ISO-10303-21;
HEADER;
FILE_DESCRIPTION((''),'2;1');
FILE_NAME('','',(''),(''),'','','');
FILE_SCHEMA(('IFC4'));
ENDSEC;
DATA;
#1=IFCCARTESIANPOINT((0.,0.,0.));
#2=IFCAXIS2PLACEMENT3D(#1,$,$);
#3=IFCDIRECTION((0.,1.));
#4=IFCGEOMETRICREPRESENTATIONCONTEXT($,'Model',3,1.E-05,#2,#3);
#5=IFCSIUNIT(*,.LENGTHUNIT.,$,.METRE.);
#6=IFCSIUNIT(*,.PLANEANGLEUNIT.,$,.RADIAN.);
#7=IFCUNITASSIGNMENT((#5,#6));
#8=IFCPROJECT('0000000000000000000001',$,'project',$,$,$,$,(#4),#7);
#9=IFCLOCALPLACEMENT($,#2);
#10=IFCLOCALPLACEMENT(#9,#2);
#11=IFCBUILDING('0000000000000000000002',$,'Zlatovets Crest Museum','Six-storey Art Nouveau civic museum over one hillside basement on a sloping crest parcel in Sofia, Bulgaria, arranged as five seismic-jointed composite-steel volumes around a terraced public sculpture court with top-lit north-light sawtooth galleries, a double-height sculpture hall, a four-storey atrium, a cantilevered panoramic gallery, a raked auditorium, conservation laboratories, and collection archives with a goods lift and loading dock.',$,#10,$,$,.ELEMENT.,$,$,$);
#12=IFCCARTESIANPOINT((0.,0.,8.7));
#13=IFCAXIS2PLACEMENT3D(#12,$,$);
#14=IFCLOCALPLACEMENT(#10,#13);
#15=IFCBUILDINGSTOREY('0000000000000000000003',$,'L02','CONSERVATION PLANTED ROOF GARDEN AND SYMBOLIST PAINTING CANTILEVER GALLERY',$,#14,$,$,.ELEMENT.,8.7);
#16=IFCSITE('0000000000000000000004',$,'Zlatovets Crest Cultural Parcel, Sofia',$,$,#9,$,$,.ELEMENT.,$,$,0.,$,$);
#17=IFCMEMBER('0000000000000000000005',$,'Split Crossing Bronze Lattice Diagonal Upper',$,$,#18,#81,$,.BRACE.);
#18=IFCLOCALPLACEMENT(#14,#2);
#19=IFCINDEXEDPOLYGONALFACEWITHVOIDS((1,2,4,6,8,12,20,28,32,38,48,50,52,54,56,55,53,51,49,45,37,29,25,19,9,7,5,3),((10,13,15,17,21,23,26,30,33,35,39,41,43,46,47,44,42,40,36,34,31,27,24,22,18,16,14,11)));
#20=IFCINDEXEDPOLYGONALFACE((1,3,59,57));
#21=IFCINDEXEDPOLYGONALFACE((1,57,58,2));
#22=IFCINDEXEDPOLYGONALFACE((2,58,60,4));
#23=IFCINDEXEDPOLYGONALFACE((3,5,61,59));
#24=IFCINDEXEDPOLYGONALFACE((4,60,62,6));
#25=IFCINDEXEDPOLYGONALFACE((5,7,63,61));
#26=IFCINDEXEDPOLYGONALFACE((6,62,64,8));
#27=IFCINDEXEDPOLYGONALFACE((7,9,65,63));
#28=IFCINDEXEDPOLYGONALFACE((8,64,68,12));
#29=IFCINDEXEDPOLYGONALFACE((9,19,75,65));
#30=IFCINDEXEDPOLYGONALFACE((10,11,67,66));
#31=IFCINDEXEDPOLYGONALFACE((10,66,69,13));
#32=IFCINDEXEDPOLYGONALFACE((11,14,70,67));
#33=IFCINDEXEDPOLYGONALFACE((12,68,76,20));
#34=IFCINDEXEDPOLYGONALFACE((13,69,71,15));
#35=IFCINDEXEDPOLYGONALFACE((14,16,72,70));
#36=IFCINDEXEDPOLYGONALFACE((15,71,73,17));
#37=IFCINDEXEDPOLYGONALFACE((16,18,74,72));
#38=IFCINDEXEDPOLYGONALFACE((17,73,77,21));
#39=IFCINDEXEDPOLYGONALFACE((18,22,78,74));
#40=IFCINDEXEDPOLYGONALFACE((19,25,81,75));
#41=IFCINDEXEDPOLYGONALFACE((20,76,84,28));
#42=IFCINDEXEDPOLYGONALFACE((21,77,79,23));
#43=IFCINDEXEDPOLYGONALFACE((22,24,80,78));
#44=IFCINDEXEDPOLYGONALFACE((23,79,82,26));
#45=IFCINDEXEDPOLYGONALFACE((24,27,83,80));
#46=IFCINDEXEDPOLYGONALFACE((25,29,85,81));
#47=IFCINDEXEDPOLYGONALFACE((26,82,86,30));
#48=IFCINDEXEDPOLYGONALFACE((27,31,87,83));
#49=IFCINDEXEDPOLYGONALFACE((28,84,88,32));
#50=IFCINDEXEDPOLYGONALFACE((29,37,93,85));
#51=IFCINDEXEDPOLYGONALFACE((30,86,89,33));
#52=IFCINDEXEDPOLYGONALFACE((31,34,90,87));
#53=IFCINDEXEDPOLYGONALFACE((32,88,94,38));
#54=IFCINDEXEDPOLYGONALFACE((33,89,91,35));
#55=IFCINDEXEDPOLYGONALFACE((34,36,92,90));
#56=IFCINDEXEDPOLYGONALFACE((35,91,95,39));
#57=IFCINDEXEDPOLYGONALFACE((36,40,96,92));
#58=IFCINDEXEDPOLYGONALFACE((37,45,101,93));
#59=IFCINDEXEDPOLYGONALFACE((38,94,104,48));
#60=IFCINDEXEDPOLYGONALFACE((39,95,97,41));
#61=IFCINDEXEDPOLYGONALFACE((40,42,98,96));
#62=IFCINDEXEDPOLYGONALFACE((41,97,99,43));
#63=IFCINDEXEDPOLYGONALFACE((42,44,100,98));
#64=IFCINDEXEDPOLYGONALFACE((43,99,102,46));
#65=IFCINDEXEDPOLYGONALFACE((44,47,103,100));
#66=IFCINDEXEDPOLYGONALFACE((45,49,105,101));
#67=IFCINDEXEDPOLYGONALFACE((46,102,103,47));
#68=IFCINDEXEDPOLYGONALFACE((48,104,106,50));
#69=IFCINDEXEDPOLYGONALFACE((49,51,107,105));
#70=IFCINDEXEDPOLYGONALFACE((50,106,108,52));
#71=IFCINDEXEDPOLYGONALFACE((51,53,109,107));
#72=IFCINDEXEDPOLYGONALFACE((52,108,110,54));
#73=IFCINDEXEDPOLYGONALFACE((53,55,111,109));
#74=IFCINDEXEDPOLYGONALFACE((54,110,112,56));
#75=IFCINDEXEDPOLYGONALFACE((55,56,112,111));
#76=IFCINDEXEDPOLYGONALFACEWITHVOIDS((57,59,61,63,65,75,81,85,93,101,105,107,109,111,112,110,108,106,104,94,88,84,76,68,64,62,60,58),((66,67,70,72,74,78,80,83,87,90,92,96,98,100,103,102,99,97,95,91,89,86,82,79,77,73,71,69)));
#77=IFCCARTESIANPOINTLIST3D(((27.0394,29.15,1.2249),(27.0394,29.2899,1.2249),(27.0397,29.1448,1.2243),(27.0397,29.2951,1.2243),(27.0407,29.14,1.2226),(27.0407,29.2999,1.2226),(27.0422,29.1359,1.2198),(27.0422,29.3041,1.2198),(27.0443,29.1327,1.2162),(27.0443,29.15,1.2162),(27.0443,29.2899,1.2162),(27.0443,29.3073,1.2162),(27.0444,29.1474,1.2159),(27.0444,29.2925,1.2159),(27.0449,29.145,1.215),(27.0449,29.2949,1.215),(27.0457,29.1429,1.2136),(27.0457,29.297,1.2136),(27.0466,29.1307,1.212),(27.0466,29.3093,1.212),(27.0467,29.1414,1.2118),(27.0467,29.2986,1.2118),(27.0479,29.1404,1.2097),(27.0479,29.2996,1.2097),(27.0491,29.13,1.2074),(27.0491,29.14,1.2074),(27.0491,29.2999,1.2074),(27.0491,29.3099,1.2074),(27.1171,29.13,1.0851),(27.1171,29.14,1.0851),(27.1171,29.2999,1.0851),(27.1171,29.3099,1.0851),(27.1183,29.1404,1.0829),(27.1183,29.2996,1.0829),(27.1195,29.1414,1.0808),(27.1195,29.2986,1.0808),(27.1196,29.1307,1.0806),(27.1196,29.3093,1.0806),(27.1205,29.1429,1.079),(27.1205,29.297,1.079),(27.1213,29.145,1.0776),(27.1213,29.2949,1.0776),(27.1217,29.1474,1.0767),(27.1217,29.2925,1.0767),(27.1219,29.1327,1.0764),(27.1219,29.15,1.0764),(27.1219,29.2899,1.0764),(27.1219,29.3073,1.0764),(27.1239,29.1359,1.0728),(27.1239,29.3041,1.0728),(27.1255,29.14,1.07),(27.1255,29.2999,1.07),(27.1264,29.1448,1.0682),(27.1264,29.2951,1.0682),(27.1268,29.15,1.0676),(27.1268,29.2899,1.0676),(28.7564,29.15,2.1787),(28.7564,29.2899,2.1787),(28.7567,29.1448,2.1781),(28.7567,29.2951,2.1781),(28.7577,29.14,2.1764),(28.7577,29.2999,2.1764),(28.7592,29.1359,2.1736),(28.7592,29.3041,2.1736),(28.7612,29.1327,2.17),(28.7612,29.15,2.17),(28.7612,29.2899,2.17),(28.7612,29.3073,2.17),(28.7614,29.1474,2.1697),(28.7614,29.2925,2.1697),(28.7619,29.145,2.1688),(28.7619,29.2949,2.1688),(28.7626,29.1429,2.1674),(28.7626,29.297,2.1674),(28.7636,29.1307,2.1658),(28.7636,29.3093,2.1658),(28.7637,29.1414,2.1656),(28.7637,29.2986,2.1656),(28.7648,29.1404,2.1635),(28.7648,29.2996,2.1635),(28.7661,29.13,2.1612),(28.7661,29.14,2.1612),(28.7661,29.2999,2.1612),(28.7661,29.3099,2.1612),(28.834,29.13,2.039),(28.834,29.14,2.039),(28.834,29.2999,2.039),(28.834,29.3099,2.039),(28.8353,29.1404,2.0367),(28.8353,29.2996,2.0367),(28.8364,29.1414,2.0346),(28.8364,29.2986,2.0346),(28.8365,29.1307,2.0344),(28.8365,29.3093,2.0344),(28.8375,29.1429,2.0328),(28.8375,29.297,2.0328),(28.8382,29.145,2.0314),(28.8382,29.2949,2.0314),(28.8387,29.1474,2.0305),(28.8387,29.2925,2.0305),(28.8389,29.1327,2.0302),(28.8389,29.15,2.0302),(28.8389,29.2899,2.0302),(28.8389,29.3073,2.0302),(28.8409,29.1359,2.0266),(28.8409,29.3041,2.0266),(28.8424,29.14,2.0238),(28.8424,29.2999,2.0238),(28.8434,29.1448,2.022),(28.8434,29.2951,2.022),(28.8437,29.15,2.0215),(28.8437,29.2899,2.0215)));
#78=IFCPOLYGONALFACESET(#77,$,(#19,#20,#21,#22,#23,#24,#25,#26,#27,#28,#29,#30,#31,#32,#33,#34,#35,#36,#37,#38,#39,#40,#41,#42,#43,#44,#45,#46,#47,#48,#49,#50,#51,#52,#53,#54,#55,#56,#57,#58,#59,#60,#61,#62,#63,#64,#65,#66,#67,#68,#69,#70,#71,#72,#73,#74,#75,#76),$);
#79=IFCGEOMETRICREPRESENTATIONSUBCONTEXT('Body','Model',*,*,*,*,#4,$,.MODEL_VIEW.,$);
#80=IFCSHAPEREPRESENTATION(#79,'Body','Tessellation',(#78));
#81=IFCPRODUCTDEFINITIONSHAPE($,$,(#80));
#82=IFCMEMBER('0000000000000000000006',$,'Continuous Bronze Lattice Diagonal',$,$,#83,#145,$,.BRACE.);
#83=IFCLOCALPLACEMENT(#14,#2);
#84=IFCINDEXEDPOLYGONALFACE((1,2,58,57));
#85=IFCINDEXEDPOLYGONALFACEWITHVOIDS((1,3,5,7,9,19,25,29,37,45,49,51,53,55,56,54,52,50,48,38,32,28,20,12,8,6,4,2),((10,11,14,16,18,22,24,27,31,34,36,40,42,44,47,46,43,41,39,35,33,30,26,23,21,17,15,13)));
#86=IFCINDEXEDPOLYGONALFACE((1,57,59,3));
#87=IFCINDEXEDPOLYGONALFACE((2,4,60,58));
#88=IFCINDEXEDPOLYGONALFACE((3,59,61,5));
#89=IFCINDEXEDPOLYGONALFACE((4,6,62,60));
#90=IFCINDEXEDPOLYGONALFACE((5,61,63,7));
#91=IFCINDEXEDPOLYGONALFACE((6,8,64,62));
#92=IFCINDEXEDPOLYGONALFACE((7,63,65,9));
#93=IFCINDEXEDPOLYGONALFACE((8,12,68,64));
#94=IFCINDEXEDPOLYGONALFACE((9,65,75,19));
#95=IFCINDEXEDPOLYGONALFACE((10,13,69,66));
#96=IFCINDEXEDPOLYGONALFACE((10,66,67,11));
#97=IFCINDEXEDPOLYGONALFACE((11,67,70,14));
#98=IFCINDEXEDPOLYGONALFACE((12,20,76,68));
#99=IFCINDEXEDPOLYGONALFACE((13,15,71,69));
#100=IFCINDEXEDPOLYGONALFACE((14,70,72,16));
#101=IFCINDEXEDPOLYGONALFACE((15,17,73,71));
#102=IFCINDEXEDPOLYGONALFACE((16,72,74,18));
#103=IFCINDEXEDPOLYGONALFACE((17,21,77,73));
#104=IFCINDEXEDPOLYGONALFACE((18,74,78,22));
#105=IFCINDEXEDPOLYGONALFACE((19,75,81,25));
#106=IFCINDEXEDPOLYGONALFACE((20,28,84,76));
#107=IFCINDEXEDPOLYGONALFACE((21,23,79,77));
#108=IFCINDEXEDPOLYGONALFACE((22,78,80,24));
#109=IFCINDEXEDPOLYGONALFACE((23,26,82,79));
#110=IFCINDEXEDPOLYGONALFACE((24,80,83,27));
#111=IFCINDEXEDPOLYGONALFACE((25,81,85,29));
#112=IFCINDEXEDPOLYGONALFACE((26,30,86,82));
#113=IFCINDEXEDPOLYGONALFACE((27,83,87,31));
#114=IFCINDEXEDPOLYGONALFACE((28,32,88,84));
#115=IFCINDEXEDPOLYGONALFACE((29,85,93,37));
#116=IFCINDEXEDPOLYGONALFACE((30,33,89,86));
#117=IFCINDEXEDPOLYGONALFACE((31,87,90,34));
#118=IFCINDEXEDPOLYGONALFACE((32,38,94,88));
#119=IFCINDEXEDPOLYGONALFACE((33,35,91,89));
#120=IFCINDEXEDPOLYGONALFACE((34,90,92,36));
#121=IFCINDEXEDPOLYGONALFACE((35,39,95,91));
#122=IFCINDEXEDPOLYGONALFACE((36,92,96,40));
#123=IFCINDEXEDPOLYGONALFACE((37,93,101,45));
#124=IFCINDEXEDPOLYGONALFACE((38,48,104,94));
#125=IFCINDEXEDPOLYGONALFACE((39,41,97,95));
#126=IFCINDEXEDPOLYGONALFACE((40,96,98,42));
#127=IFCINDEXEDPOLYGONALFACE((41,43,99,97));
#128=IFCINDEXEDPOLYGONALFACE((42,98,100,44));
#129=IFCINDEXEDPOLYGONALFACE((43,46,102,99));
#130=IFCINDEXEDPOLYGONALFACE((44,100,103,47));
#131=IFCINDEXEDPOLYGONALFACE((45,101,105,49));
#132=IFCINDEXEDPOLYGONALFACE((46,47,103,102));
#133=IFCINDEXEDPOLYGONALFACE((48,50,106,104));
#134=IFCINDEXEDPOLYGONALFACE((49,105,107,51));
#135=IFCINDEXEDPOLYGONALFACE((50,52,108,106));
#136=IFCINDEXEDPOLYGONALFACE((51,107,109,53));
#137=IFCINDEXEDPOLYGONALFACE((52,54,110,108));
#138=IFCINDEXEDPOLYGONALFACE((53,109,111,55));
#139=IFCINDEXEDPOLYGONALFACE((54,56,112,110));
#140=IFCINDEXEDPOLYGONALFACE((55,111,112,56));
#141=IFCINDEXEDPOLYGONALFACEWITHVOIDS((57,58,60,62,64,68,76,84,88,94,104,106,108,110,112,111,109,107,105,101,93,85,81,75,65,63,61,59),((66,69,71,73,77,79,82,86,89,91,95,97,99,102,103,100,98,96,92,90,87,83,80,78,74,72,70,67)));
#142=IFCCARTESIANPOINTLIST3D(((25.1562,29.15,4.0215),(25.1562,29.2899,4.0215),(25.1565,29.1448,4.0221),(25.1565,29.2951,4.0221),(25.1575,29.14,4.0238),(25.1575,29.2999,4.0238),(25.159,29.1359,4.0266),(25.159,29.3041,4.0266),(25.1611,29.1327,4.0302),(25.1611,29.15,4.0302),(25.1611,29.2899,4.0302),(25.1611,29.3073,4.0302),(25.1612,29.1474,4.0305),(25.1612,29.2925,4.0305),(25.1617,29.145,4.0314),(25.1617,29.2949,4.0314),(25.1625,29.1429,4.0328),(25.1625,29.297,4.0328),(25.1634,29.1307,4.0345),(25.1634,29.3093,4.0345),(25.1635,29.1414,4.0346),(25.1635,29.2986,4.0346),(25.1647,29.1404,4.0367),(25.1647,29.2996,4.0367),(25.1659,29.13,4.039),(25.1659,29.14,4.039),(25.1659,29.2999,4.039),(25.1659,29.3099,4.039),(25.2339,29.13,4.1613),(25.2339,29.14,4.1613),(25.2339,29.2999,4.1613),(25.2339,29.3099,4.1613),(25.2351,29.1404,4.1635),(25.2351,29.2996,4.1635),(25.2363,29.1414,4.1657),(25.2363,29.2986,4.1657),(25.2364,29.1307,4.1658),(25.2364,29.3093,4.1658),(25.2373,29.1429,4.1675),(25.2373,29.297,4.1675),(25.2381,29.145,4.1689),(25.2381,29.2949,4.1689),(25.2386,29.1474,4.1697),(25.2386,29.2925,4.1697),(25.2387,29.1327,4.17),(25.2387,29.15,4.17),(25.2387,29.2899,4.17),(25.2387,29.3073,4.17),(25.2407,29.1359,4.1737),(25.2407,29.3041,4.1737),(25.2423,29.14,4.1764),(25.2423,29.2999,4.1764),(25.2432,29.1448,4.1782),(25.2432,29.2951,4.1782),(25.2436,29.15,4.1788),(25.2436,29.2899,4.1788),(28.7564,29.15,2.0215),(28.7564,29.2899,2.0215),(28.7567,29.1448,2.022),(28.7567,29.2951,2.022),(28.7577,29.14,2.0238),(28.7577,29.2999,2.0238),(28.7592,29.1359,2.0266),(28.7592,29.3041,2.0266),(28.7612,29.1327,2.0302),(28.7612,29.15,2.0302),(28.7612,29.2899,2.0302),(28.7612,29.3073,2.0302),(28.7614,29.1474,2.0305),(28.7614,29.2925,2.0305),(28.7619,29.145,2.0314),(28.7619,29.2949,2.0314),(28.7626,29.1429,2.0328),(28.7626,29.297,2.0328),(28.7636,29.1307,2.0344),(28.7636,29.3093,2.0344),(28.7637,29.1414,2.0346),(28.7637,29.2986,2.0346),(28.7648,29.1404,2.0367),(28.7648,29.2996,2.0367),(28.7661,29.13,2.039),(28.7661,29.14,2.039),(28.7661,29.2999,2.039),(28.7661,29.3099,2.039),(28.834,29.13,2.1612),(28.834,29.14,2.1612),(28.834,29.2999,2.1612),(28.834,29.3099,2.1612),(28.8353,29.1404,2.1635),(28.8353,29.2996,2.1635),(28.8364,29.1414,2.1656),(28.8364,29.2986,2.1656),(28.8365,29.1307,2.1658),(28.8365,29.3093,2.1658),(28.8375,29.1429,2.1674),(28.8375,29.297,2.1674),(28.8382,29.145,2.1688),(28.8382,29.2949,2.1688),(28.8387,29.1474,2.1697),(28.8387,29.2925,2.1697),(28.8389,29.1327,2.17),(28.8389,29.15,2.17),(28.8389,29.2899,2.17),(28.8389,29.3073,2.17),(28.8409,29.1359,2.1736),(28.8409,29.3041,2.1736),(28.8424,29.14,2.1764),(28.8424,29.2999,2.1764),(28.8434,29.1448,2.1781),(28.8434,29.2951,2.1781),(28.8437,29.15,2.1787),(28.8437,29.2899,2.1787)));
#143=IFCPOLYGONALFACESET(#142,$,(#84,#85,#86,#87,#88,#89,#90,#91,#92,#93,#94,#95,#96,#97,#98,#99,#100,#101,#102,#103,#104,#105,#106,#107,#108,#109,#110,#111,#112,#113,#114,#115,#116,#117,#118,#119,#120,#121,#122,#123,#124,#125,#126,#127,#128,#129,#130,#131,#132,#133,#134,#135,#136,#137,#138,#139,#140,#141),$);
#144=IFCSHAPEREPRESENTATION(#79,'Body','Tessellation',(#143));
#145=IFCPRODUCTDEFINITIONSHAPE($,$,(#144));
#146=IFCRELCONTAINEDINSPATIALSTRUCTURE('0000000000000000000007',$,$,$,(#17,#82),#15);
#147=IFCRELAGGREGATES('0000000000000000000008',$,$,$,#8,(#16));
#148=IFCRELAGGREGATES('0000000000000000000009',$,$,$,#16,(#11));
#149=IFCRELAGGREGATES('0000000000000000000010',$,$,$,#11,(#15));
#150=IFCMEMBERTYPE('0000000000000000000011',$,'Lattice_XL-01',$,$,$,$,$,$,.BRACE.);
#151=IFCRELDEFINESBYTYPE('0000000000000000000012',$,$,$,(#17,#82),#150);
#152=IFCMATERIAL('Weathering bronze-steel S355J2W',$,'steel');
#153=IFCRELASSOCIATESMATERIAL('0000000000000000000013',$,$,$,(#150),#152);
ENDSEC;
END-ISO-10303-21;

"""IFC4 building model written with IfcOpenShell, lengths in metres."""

from ifc_helpers import new_model, si_unit, direction, frame, origin, origin_2d, place, context, subcontext, project, spatial, hollow_rectangle, extrude, material, material_profile, profile_set, type_object, element, save


model = new_model("IFC4")

# Units and contexts
model_context = context("Model", 3, precision=1e-05, world=origin(), true_north=direction((0.0, 1.0)))
body_context = subcontext(model_context, "Body", "Model", "MODEL_VIEW")
ifc_project = project(units=[si_unit("LENGTHUNIT", "METRE"), si_unit("PLANEANGLEUNIT", "RADIAN")], contexts=[model_context])

# Site, building, storey
site_placement = place(None, origin())
site = spatial("IfcSite", under=ifc_project, at=site_placement, Name="Zlatovets Crest Cultural Parcel, Sofia", CompositionType="ELEMENT", RefElevation=0.0)
building_placement = place(site_placement, origin())
building = spatial("IfcBuilding", under=site, at=building_placement, Name="Zlatovets Crest Museum", Description="Six-storey Art Nouveau civic museum over one hillside basement on a sloping crest parcel in Sofia, Bulgaria, arranged as five seismic-jointed composite-steel volumes around a terraced public sculpture court with top-lit north-light sawtooth galleries, a double-height sculpture hall, a four-storey atrium, a cantilevered panoramic gallery, a raked auditorium, conservation laboratories, and collection archives with a goods lift and loading dock.", CompositionType="ELEMENT")
storey_placement = place(building_placement, frame((0.0, 0.0, 8.7)))
storey = spatial("IfcBuildingStorey", under=building, at=storey_placement, Name="L02", Description="CONSERVATION PLANTED ROOF GARDEN AND SYMBOLIST PAINTING CANTILEVER GALLERY", CompositionType="ELEMENT", Elevation=8.7)

# Members
ifc_material_1 = material(Name="Weathering bronze-steel S355J2W", Category="steel")
ifc_material_profile_1 = material_profile(ifc_material_1, hollow_rectangle(XDim=0.1799, YDim=0.1799, WallThickness=0.01, InnerFilletRadius=0.01, OuterFilletRadius=0.02, at=origin_2d()), Name="SHS 180x180x10.0")
ifc_profile_set_1 = profile_set([ifc_material_profile_1], Name="Weathering bronze-steel S355J2W")
member_type_1 = type_object("IfcMemberType", Name="Lattice_XL-01", PredefinedType="BRACE", material=ifc_profile_set_1)
member_1_placement = place(storey_placement, frame((28.8, 29.22, 2.1001), z_axis=(-0.874169, 0.0, -0.485622), x_axis=(0.0, -1.0, 0.0)))
element("IfcMember", 1, at=member_1_placement, inside=storey, type_object=member_type_1, Name="Split Crossing Bronze Lattice Diagonal Upper", PredefinedType="BRACE", context=body_context, shape_type="SweptSolid", body=[
    extrude(hollow_rectangle(XDim=0.1799, YDim=0.1799, WallThickness=0.01, InnerFilletRadius=0.01, OuterFilletRadius=0.02, at=origin_2d()), origin(), (0.0, 0.0, 1.0), 1.9641),
])
member_2_placement = place(storey_placement, frame((28.8, 29.22, 2.1001), z_axis=(-0.874163, 0.0, 0.485633), x_axis=(0.0, -1.0, 0.0)))
element("IfcMember", 2, at=member_2_placement, inside=storey, type_object=member_type_1, Name="Continuous Bronze Lattice Diagonal", PredefinedType="BRACE", context=body_context, shape_type="SweptSolid", body=[
    extrude(hollow_rectangle(XDim=0.1799, YDim=0.1799, WallThickness=0.01, InnerFilletRadius=0.01, OuterFilletRadius=0.02, at=origin_2d()), origin(), (0.0, 0.0, 1.0), 4.1184),
])

save(model, "model.ifc")
